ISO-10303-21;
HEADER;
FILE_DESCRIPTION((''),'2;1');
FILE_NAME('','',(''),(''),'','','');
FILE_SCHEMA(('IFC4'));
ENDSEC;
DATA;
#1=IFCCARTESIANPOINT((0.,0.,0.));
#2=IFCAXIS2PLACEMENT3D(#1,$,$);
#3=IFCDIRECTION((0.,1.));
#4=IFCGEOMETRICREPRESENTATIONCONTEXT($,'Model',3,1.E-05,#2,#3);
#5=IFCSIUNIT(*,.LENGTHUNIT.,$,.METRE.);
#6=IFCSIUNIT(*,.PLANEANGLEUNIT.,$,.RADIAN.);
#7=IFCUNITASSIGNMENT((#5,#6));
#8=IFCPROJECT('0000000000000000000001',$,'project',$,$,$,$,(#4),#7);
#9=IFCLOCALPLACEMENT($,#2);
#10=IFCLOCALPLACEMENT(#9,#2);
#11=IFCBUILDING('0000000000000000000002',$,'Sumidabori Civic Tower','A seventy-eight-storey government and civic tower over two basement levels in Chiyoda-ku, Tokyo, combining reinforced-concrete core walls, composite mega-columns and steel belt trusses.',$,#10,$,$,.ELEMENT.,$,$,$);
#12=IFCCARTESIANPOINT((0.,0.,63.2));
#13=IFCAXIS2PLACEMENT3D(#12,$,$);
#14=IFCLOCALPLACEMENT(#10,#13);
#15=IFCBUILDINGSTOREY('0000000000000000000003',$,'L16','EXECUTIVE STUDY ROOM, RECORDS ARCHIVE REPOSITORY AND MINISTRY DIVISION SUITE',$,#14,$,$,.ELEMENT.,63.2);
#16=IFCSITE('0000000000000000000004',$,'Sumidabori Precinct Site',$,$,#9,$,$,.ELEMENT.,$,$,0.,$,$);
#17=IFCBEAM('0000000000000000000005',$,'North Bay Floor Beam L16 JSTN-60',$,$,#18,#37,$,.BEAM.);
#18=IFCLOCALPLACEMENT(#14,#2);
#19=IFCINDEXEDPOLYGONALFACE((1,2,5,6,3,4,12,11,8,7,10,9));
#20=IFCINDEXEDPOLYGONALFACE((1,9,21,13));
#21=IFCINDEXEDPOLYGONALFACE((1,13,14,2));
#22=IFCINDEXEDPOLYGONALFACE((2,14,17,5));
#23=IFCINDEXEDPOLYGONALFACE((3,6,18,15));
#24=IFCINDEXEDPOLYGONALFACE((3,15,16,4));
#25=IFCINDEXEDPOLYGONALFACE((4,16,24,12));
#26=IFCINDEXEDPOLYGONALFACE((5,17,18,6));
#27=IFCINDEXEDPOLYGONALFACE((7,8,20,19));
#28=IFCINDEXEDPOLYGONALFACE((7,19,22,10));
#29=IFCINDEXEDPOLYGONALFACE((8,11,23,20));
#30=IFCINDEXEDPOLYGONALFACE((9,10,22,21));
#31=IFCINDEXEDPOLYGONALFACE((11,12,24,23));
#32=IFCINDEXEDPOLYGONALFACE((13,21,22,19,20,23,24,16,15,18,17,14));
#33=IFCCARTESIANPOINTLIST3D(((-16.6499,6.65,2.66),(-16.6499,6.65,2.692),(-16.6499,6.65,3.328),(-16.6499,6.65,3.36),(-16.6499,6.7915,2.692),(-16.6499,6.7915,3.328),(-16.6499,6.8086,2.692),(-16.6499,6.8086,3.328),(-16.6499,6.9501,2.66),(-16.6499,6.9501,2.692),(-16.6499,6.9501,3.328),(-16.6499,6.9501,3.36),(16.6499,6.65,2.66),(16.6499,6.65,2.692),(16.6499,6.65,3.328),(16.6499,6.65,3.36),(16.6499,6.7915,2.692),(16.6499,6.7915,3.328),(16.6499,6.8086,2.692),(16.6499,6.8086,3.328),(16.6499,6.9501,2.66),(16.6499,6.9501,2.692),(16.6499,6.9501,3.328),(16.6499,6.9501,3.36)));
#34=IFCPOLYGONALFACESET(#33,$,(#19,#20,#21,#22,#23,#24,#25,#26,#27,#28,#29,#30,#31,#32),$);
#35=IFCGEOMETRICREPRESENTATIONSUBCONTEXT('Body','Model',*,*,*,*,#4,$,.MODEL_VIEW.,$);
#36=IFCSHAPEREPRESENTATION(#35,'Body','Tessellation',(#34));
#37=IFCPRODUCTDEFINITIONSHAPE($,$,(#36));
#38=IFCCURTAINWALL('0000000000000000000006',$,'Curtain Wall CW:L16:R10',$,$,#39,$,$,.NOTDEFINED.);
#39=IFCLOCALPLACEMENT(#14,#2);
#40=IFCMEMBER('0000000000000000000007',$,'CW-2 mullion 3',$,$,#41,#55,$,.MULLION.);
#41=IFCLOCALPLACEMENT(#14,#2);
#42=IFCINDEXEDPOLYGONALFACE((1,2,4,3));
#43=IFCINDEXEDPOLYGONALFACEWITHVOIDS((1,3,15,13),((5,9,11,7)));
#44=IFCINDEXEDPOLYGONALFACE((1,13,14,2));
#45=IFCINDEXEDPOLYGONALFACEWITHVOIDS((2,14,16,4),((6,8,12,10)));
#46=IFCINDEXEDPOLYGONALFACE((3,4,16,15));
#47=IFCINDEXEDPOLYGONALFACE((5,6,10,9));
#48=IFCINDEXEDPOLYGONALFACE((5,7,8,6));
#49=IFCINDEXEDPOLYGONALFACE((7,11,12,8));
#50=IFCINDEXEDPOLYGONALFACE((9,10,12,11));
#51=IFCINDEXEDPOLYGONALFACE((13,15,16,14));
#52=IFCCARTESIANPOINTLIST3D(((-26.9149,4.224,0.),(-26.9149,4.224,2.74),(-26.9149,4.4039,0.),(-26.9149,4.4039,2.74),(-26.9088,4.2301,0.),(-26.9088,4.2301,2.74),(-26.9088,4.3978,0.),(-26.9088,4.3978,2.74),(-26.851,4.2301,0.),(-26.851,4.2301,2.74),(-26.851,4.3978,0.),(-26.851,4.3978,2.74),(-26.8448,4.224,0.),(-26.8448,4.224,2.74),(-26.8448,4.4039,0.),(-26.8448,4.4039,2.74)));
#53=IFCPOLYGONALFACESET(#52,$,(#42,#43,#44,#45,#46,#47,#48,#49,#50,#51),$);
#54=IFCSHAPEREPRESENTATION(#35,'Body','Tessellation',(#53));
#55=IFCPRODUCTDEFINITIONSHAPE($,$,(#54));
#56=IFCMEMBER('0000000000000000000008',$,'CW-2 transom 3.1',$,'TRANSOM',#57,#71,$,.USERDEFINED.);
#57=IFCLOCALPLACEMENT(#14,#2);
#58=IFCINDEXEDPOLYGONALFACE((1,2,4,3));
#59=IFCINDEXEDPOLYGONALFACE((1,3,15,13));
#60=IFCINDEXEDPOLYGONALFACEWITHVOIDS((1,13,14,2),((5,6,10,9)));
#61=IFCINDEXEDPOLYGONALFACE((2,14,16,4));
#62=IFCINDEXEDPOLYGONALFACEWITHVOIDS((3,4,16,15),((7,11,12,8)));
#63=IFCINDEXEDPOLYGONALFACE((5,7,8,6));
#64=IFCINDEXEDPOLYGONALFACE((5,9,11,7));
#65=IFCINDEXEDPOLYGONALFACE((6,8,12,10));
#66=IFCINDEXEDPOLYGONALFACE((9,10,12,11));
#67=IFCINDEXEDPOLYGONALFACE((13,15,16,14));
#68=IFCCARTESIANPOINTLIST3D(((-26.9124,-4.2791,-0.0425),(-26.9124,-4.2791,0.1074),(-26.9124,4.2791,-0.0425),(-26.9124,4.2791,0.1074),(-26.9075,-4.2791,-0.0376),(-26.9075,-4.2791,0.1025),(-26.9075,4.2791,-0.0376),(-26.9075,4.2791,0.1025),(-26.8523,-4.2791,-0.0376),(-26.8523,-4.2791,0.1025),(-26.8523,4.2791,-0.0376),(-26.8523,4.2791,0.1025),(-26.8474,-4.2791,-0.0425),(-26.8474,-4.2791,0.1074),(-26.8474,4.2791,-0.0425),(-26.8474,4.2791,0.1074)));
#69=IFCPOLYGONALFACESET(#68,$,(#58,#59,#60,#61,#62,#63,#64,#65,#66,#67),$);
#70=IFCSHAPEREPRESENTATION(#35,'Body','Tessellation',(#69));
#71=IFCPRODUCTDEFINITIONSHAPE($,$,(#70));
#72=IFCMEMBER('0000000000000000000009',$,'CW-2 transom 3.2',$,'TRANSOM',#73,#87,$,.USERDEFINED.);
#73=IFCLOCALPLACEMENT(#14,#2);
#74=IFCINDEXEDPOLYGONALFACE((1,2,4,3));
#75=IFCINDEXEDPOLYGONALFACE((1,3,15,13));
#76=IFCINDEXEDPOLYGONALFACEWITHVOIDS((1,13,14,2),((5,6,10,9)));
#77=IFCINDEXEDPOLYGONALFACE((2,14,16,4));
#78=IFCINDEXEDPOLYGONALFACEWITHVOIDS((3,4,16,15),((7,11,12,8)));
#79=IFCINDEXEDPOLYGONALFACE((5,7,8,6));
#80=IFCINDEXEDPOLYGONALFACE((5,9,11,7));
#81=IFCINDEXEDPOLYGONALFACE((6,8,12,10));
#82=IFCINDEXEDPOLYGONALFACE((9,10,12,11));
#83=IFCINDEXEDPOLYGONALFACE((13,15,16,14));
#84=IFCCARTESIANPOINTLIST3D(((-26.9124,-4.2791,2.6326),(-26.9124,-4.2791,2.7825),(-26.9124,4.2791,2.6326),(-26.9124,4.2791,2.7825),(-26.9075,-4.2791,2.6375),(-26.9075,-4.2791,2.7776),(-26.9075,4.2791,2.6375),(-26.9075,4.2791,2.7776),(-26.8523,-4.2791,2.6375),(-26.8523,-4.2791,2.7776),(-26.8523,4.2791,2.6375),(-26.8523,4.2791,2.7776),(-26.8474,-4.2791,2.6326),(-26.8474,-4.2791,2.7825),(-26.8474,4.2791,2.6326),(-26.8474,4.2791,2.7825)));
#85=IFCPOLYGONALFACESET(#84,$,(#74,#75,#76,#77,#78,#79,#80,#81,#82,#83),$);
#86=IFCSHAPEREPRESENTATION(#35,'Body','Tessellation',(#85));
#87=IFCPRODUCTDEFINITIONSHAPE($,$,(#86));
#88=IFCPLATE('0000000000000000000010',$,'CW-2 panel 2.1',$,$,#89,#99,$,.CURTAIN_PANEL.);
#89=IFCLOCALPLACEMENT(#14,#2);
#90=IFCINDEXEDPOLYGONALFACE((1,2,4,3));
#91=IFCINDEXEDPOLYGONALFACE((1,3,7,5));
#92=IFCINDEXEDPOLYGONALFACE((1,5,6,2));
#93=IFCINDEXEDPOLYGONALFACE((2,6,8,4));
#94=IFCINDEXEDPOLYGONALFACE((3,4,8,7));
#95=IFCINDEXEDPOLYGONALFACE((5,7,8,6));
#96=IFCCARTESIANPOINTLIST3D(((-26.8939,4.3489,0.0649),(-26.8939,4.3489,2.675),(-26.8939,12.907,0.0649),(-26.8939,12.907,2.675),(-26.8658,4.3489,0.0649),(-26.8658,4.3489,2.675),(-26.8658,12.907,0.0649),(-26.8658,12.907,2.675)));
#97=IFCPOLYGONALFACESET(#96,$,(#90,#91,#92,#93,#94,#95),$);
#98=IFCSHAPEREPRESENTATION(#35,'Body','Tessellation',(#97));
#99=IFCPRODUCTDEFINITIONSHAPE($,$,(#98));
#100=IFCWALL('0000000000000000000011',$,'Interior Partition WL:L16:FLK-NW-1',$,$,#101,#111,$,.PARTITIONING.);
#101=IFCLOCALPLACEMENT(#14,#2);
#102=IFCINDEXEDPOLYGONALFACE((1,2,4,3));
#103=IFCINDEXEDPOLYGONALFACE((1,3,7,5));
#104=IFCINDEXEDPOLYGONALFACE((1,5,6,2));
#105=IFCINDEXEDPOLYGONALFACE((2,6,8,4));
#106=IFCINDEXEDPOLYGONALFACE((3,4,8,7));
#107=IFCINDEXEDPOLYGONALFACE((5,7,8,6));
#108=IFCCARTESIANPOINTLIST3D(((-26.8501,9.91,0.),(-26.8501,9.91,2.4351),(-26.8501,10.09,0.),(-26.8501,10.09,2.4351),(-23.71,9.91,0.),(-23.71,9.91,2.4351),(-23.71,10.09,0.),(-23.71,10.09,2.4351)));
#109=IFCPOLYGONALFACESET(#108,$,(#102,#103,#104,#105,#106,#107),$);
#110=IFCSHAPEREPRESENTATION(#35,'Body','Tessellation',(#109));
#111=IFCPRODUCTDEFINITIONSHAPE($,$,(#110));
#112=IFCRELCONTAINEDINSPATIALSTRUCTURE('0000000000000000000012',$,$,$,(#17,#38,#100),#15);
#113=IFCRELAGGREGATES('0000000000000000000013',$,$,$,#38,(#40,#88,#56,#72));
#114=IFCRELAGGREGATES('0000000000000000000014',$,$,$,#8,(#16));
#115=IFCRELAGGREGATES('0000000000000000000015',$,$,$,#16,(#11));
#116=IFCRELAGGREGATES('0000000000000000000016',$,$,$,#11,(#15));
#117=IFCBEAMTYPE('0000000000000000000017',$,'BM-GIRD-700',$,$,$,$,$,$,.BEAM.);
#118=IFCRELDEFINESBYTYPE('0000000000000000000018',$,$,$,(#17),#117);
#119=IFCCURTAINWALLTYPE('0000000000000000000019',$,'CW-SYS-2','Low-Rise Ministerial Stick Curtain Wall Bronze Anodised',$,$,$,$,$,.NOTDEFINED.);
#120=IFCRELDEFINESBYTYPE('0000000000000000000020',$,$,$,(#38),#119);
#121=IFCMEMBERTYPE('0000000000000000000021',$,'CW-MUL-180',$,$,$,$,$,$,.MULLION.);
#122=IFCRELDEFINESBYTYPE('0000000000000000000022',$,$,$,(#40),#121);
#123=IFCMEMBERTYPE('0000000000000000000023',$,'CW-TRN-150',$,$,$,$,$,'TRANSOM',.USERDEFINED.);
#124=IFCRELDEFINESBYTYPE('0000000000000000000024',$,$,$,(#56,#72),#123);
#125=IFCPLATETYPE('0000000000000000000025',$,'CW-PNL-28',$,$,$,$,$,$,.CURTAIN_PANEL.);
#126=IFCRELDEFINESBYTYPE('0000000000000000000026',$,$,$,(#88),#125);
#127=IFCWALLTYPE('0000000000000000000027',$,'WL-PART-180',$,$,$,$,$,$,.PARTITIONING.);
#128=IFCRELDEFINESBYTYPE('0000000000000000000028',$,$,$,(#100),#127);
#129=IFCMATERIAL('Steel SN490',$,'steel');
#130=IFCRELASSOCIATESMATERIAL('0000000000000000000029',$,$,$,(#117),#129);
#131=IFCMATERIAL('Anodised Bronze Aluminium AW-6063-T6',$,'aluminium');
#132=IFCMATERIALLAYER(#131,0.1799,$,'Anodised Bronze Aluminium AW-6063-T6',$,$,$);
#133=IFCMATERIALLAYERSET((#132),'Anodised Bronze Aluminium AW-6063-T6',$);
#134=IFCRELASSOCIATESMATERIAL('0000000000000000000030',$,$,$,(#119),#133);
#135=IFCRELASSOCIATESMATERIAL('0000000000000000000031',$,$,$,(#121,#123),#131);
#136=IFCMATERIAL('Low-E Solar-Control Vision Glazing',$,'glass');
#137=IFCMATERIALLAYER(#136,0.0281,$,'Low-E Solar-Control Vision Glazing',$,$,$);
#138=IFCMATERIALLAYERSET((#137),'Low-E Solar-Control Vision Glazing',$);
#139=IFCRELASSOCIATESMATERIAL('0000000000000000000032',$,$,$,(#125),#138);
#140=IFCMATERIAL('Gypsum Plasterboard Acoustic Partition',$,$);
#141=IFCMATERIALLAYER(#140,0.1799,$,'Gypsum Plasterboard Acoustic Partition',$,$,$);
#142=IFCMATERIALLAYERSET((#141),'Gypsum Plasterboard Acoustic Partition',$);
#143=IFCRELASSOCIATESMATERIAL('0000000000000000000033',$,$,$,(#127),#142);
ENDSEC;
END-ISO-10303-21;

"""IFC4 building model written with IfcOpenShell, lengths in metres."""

from ifc_helpers import new_model, si_unit, direction, frame, frame_2d, origin, origin_2d, place, context, subcontext, project, spatial, rectangle, hollow_rectangle, i_section, extrude, source, transform, mapped, material, layer, layer_set, material_profile, profile_set, type_object, element, aggregate, save


model = new_model("IFC4")

# Units and contexts
model_context = context("Model", 3, precision=1e-05, world=origin(), true_north=direction((0.0, 1.0)))
body_context = subcontext(model_context, "Body", "Model", "MODEL_VIEW")
ifc_project = project(units=[si_unit("LENGTHUNIT", "METRE"), si_unit("PLANEANGLEUNIT", "RADIAN")], contexts=[model_context])

# Site, building, storey
site_placement = place(None, origin())
site = spatial("IfcSite", under=ifc_project, at=site_placement, Name="Sumidabori Precinct Site", CompositionType="ELEMENT", RefElevation=0.0)
building_placement = place(site_placement, origin())
building = spatial("IfcBuilding", under=site, at=building_placement, Name="Sumidabori Civic Tower", Description="A seventy-eight-storey government and civic tower over two basement levels in Chiyoda-ku, Tokyo, combining reinforced-concrete core walls, composite mega-columns and steel belt trusses.", CompositionType="ELEMENT")
storey_placement = place(building_placement, frame((0.0, 0.0, 63.2)))
storey = spatial("IfcBuildingStorey", under=building, at=storey_placement, Name="L16", Description="EXECUTIVE STUDY ROOM, RECORDS ARCHIVE REPOSITORY AND MINISTRY DIVISION SUITE", CompositionType="ELEMENT", Elevation=63.2)

# Beam
ifc_material_1 = material(Name="Steel SN490", Category="steel")
ifc_material_profile_1 = material_profile(ifc_material_1, i_section(OverallWidth=0.3, OverallDepth=0.7, WebThickness=0.0171, FlangeThickness=0.032, at=origin_2d()), Name="HE 700 B")
ifc_profile_set_1 = profile_set([ifc_material_profile_1], Name="Steel SN490")
beam_type_1 = type_object("IfcBeamType", Name="BM-GIRD-700", PredefinedType="BEAM", material=ifc_profile_set_1)
shared_shape_1 = source(origin(), body_context, "Body", "SweptSolid", [
    extrude(i_section(OverallWidth=0.3, OverallDepth=0.7, WebThickness=0.0171, FlangeThickness=0.032, at=origin_2d()), origin(), (0.0, 0.0, 1.0), 33.2998),
])
for number, where, z_axis, x_axis, name in (
    (1, (-16.6499, 6.8, 3.01), (1.0, 0.0, 0.0), (0.0, 1.0, 0.0), "North Bay Floor Beam L16 JSTN-60"),
):
    element("IfcBeam", number, at=place(storey_placement, frame(where, z_axis=z_axis, x_axis=x_axis)), inside=storey, type_object=beam_type_1, Name=name, PredefinedType="BEAM", context=body_context, shape_type="MappedRepresentation", body=[
        mapped(shared_shape_1, transform((0.0, 0.0, 0.0), x_axis=(1.0, 0.0, 0.0), y_axis=(0.0, 1.0, 0.0), z_axis=(0.0, 0.0, 1.0), scale=1.0)),
    ])

# Curtain wall, members, plate
ifc_material_2 = material(Name="Anodised Bronze Aluminium AW-6063-T6", Category="aluminium")
ifc_layer_1 = layer(ifc_material_2, 0.1799, Name="Anodised Bronze Aluminium AW-6063-T6")
ifc_layer_set_1 = layer_set([ifc_layer_1], Name="Anodised Bronze Aluminium AW-6063-T6")
curtain_wall_type = type_object("IfcCurtainWallType", Name="CW-SYS-2", Description="Low-Rise Ministerial Stick Curtain Wall Bronze Anodised", PredefinedType="NOTDEFINED", material=ifc_layer_set_1)
curtain_wall_placement = place(storey_placement, origin())
curtain_wall = element("IfcCurtainWall", 2, at=curtain_wall_placement, inside=storey, type_object=curtain_wall_type, Name="Curtain Wall CW:L16:R10", PredefinedType="NOTDEFINED")
ifc_material_profile_2 = material_profile(ifc_material_2, hollow_rectangle(XDim=0.0701, YDim=0.1799, WallThickness=0.0061, at=origin_2d()), Name="ALU MULLION 180x70")
ifc_profile_set_2 = profile_set([ifc_material_profile_2], Name="Anodised Bronze Aluminium AW-6063-T6")
member_type_1 = type_object("IfcMemberType", Name="CW-MUL-180", PredefinedType="MULLION", material=ifc_profile_set_2)
shared_shape_2 = source(origin(), body_context, "Body", "SweptSolid", [
    extrude(hollow_rectangle(XDim=0.0701, YDim=0.1799, WallThickness=0.0061, at=origin_2d()), origin(), (0.0, 0.0, 1.0), 2.74),
])
member_1_placement = place(storey_placement, frame((-26.8799, 4.314, 0.0), z_axis=(0.0, 0.0, 1.0), x_axis=(1.0, 0.0, 0.0)))
member_1 = element("IfcMember", 3, at=member_1_placement, type_object=member_type_1, Name="CW-2 mullion 3", PredefinedType="MULLION", context=body_context, shape_type="MappedRepresentation", body=[
    mapped(shared_shape_2, transform((0.0, 0.0, 0.0), x_axis=(1.0, 0.0, 0.0), y_axis=(0.0, 1.0, 0.0), z_axis=(0.0, 0.0, 1.0), scale=1.0)),
])
ifc_material_profile_3 = material_profile(ifc_material_2, hollow_rectangle(XDim=0.0649, YDim=0.1499, WallThickness=0.0049, at=origin_2d()), Name="ALU TRANSOM 150x65")
ifc_profile_set_3 = profile_set([ifc_material_profile_3], Name="Anodised Bronze Aluminium AW-6063-T6")
member_type_2 = type_object("IfcMemberType", Name="CW-TRN-150", ElementType="TRANSOM", PredefinedType="USERDEFINED", material=ifc_profile_set_3)
shared_shape_3 = source(origin(), body_context, "Body", "SweptSolid", [
    extrude(hollow_rectangle(XDim=0.0649, YDim=0.1499, WallThickness=0.0049, at=origin_2d()), origin(), (0.0, 0.0, 1.0), 8.5581),
])
member_2_placement = place(storey_placement, frame((-26.8799, 4.2791, 0.0325), z_axis=(0.0, -1.0, 0.0), x_axis=(1.0, 0.0, 0.0)))
member_2 = element("IfcMember", 4, at=member_2_placement, type_object=member_type_2, Name="CW-2 transom 3.1", ObjectType="TRANSOM", PredefinedType="USERDEFINED", context=body_context, shape_type="MappedRepresentation", body=[
    mapped(shared_shape_3, transform((0.0, 0.0, 0.0), x_axis=(1.0, 0.0, 0.0), y_axis=(0.0, 1.0, 0.0), z_axis=(0.0, 0.0, 1.0), scale=1.0)),
])
member_3_placement = place(storey_placement, frame((-26.8799, 4.2791, 2.7075), z_axis=(0.0, -1.0, 0.0), x_axis=(1.0, 0.0, 0.0)))
member_3 = element("IfcMember", 5, at=member_3_placement, type_object=member_type_2, Name="CW-2 transom 3.2", ObjectType="TRANSOM", PredefinedType="USERDEFINED", context=body_context, shape_type="MappedRepresentation", body=[
    mapped(shared_shape_3, transform((0.0, 0.0, 0.0), x_axis=(1.0, 0.0, 0.0), y_axis=(0.0, 1.0, 0.0), z_axis=(0.0, 0.0, 1.0), scale=1.0)),
])
ifc_material_3 = material(Name="Low-E Solar-Control Vision Glazing", Category="glass")
ifc_layer_2 = layer(ifc_material_3, 0.0281, Name="Low-E Solar-Control Vision Glazing")
ifc_layer_set_2 = layer_set([ifc_layer_2], Name="Low-E Solar-Control Vision Glazing")
plate_type = type_object("IfcPlateType", Name="CW-PNL-28", PredefinedType="CURTAIN_PANEL", material=ifc_layer_set_2)
shared_shape_4 = source(origin(), body_context, "Body", "SweptSolid", [
    extrude(rectangle(XDim=8.5581, YDim=0.0281, at=origin_2d()), origin(), (0.0, 0.0, 1.0), 2.6101),
])
plate_placement = place(storey_placement, frame((-26.8799, 8.6279, 0.0649), z_axis=(0.0, 0.0, 1.0), x_axis=(0.0, -1.0, 0.0)))
plate = element("IfcPlate", 6, at=plate_placement, type_object=plate_type, Name="CW-2 panel 2.1", PredefinedType="CURTAIN_PANEL", context=body_context, shape_type="MappedRepresentation", body=[
    mapped(shared_shape_4, transform((0.0, 0.0, 0.0), x_axis=(1.0, 0.0, 0.0), y_axis=(0.0, 1.0, 0.0), z_axis=(0.0, 0.0, 1.0), scale=1.0)),
])
aggregate(curtain_wall, [member_1, plate, member_2, member_3])

# Wall
ifc_material_4 = material(Name="Gypsum Plasterboard Acoustic Partition")
ifc_layer_3 = layer(ifc_material_4, 0.1799, Name="Gypsum Plasterboard Acoustic Partition")
ifc_layer_set_3 = layer_set([ifc_layer_3], Name="Gypsum Plasterboard Acoustic Partition")
wall_type = type_object("IfcWallType", Name="WL-PART-180", PredefinedType="PARTITIONING", material=ifc_layer_set_3)
shared_shape_5 = source(origin(), body_context, "Body", "SweptSolid", [
    extrude(rectangle(XDim=3.1401, YDim=0.1799, at=frame_2d((1.5701, 0.0))), origin(), (0.0, 0.0, 1.0), 2.4351),
])
wall_1_placement = place(storey_placement, frame((-26.8501, 10.0, 0.0), z_axis=(0.0, 0.0, 1.0), x_axis=(1.0, 0.0, 0.0)))
element("IfcWall", 7, at=wall_1_placement, inside=storey, type_object=wall_type, Name="Interior Partition WL:L16:FLK-NW-1", PredefinedType="PARTITIONING", context=body_context, shape_type="MappedRepresentation", body=[
    mapped(shared_shape_5, transform((0.0, 0.0, 0.0), x_axis=(1.0, 0.0, 0.0), y_axis=(0.0, 1.0, 0.0), z_axis=(0.0, 0.0, 1.0), scale=1.0)),
])

save(model, "model.ifc")
